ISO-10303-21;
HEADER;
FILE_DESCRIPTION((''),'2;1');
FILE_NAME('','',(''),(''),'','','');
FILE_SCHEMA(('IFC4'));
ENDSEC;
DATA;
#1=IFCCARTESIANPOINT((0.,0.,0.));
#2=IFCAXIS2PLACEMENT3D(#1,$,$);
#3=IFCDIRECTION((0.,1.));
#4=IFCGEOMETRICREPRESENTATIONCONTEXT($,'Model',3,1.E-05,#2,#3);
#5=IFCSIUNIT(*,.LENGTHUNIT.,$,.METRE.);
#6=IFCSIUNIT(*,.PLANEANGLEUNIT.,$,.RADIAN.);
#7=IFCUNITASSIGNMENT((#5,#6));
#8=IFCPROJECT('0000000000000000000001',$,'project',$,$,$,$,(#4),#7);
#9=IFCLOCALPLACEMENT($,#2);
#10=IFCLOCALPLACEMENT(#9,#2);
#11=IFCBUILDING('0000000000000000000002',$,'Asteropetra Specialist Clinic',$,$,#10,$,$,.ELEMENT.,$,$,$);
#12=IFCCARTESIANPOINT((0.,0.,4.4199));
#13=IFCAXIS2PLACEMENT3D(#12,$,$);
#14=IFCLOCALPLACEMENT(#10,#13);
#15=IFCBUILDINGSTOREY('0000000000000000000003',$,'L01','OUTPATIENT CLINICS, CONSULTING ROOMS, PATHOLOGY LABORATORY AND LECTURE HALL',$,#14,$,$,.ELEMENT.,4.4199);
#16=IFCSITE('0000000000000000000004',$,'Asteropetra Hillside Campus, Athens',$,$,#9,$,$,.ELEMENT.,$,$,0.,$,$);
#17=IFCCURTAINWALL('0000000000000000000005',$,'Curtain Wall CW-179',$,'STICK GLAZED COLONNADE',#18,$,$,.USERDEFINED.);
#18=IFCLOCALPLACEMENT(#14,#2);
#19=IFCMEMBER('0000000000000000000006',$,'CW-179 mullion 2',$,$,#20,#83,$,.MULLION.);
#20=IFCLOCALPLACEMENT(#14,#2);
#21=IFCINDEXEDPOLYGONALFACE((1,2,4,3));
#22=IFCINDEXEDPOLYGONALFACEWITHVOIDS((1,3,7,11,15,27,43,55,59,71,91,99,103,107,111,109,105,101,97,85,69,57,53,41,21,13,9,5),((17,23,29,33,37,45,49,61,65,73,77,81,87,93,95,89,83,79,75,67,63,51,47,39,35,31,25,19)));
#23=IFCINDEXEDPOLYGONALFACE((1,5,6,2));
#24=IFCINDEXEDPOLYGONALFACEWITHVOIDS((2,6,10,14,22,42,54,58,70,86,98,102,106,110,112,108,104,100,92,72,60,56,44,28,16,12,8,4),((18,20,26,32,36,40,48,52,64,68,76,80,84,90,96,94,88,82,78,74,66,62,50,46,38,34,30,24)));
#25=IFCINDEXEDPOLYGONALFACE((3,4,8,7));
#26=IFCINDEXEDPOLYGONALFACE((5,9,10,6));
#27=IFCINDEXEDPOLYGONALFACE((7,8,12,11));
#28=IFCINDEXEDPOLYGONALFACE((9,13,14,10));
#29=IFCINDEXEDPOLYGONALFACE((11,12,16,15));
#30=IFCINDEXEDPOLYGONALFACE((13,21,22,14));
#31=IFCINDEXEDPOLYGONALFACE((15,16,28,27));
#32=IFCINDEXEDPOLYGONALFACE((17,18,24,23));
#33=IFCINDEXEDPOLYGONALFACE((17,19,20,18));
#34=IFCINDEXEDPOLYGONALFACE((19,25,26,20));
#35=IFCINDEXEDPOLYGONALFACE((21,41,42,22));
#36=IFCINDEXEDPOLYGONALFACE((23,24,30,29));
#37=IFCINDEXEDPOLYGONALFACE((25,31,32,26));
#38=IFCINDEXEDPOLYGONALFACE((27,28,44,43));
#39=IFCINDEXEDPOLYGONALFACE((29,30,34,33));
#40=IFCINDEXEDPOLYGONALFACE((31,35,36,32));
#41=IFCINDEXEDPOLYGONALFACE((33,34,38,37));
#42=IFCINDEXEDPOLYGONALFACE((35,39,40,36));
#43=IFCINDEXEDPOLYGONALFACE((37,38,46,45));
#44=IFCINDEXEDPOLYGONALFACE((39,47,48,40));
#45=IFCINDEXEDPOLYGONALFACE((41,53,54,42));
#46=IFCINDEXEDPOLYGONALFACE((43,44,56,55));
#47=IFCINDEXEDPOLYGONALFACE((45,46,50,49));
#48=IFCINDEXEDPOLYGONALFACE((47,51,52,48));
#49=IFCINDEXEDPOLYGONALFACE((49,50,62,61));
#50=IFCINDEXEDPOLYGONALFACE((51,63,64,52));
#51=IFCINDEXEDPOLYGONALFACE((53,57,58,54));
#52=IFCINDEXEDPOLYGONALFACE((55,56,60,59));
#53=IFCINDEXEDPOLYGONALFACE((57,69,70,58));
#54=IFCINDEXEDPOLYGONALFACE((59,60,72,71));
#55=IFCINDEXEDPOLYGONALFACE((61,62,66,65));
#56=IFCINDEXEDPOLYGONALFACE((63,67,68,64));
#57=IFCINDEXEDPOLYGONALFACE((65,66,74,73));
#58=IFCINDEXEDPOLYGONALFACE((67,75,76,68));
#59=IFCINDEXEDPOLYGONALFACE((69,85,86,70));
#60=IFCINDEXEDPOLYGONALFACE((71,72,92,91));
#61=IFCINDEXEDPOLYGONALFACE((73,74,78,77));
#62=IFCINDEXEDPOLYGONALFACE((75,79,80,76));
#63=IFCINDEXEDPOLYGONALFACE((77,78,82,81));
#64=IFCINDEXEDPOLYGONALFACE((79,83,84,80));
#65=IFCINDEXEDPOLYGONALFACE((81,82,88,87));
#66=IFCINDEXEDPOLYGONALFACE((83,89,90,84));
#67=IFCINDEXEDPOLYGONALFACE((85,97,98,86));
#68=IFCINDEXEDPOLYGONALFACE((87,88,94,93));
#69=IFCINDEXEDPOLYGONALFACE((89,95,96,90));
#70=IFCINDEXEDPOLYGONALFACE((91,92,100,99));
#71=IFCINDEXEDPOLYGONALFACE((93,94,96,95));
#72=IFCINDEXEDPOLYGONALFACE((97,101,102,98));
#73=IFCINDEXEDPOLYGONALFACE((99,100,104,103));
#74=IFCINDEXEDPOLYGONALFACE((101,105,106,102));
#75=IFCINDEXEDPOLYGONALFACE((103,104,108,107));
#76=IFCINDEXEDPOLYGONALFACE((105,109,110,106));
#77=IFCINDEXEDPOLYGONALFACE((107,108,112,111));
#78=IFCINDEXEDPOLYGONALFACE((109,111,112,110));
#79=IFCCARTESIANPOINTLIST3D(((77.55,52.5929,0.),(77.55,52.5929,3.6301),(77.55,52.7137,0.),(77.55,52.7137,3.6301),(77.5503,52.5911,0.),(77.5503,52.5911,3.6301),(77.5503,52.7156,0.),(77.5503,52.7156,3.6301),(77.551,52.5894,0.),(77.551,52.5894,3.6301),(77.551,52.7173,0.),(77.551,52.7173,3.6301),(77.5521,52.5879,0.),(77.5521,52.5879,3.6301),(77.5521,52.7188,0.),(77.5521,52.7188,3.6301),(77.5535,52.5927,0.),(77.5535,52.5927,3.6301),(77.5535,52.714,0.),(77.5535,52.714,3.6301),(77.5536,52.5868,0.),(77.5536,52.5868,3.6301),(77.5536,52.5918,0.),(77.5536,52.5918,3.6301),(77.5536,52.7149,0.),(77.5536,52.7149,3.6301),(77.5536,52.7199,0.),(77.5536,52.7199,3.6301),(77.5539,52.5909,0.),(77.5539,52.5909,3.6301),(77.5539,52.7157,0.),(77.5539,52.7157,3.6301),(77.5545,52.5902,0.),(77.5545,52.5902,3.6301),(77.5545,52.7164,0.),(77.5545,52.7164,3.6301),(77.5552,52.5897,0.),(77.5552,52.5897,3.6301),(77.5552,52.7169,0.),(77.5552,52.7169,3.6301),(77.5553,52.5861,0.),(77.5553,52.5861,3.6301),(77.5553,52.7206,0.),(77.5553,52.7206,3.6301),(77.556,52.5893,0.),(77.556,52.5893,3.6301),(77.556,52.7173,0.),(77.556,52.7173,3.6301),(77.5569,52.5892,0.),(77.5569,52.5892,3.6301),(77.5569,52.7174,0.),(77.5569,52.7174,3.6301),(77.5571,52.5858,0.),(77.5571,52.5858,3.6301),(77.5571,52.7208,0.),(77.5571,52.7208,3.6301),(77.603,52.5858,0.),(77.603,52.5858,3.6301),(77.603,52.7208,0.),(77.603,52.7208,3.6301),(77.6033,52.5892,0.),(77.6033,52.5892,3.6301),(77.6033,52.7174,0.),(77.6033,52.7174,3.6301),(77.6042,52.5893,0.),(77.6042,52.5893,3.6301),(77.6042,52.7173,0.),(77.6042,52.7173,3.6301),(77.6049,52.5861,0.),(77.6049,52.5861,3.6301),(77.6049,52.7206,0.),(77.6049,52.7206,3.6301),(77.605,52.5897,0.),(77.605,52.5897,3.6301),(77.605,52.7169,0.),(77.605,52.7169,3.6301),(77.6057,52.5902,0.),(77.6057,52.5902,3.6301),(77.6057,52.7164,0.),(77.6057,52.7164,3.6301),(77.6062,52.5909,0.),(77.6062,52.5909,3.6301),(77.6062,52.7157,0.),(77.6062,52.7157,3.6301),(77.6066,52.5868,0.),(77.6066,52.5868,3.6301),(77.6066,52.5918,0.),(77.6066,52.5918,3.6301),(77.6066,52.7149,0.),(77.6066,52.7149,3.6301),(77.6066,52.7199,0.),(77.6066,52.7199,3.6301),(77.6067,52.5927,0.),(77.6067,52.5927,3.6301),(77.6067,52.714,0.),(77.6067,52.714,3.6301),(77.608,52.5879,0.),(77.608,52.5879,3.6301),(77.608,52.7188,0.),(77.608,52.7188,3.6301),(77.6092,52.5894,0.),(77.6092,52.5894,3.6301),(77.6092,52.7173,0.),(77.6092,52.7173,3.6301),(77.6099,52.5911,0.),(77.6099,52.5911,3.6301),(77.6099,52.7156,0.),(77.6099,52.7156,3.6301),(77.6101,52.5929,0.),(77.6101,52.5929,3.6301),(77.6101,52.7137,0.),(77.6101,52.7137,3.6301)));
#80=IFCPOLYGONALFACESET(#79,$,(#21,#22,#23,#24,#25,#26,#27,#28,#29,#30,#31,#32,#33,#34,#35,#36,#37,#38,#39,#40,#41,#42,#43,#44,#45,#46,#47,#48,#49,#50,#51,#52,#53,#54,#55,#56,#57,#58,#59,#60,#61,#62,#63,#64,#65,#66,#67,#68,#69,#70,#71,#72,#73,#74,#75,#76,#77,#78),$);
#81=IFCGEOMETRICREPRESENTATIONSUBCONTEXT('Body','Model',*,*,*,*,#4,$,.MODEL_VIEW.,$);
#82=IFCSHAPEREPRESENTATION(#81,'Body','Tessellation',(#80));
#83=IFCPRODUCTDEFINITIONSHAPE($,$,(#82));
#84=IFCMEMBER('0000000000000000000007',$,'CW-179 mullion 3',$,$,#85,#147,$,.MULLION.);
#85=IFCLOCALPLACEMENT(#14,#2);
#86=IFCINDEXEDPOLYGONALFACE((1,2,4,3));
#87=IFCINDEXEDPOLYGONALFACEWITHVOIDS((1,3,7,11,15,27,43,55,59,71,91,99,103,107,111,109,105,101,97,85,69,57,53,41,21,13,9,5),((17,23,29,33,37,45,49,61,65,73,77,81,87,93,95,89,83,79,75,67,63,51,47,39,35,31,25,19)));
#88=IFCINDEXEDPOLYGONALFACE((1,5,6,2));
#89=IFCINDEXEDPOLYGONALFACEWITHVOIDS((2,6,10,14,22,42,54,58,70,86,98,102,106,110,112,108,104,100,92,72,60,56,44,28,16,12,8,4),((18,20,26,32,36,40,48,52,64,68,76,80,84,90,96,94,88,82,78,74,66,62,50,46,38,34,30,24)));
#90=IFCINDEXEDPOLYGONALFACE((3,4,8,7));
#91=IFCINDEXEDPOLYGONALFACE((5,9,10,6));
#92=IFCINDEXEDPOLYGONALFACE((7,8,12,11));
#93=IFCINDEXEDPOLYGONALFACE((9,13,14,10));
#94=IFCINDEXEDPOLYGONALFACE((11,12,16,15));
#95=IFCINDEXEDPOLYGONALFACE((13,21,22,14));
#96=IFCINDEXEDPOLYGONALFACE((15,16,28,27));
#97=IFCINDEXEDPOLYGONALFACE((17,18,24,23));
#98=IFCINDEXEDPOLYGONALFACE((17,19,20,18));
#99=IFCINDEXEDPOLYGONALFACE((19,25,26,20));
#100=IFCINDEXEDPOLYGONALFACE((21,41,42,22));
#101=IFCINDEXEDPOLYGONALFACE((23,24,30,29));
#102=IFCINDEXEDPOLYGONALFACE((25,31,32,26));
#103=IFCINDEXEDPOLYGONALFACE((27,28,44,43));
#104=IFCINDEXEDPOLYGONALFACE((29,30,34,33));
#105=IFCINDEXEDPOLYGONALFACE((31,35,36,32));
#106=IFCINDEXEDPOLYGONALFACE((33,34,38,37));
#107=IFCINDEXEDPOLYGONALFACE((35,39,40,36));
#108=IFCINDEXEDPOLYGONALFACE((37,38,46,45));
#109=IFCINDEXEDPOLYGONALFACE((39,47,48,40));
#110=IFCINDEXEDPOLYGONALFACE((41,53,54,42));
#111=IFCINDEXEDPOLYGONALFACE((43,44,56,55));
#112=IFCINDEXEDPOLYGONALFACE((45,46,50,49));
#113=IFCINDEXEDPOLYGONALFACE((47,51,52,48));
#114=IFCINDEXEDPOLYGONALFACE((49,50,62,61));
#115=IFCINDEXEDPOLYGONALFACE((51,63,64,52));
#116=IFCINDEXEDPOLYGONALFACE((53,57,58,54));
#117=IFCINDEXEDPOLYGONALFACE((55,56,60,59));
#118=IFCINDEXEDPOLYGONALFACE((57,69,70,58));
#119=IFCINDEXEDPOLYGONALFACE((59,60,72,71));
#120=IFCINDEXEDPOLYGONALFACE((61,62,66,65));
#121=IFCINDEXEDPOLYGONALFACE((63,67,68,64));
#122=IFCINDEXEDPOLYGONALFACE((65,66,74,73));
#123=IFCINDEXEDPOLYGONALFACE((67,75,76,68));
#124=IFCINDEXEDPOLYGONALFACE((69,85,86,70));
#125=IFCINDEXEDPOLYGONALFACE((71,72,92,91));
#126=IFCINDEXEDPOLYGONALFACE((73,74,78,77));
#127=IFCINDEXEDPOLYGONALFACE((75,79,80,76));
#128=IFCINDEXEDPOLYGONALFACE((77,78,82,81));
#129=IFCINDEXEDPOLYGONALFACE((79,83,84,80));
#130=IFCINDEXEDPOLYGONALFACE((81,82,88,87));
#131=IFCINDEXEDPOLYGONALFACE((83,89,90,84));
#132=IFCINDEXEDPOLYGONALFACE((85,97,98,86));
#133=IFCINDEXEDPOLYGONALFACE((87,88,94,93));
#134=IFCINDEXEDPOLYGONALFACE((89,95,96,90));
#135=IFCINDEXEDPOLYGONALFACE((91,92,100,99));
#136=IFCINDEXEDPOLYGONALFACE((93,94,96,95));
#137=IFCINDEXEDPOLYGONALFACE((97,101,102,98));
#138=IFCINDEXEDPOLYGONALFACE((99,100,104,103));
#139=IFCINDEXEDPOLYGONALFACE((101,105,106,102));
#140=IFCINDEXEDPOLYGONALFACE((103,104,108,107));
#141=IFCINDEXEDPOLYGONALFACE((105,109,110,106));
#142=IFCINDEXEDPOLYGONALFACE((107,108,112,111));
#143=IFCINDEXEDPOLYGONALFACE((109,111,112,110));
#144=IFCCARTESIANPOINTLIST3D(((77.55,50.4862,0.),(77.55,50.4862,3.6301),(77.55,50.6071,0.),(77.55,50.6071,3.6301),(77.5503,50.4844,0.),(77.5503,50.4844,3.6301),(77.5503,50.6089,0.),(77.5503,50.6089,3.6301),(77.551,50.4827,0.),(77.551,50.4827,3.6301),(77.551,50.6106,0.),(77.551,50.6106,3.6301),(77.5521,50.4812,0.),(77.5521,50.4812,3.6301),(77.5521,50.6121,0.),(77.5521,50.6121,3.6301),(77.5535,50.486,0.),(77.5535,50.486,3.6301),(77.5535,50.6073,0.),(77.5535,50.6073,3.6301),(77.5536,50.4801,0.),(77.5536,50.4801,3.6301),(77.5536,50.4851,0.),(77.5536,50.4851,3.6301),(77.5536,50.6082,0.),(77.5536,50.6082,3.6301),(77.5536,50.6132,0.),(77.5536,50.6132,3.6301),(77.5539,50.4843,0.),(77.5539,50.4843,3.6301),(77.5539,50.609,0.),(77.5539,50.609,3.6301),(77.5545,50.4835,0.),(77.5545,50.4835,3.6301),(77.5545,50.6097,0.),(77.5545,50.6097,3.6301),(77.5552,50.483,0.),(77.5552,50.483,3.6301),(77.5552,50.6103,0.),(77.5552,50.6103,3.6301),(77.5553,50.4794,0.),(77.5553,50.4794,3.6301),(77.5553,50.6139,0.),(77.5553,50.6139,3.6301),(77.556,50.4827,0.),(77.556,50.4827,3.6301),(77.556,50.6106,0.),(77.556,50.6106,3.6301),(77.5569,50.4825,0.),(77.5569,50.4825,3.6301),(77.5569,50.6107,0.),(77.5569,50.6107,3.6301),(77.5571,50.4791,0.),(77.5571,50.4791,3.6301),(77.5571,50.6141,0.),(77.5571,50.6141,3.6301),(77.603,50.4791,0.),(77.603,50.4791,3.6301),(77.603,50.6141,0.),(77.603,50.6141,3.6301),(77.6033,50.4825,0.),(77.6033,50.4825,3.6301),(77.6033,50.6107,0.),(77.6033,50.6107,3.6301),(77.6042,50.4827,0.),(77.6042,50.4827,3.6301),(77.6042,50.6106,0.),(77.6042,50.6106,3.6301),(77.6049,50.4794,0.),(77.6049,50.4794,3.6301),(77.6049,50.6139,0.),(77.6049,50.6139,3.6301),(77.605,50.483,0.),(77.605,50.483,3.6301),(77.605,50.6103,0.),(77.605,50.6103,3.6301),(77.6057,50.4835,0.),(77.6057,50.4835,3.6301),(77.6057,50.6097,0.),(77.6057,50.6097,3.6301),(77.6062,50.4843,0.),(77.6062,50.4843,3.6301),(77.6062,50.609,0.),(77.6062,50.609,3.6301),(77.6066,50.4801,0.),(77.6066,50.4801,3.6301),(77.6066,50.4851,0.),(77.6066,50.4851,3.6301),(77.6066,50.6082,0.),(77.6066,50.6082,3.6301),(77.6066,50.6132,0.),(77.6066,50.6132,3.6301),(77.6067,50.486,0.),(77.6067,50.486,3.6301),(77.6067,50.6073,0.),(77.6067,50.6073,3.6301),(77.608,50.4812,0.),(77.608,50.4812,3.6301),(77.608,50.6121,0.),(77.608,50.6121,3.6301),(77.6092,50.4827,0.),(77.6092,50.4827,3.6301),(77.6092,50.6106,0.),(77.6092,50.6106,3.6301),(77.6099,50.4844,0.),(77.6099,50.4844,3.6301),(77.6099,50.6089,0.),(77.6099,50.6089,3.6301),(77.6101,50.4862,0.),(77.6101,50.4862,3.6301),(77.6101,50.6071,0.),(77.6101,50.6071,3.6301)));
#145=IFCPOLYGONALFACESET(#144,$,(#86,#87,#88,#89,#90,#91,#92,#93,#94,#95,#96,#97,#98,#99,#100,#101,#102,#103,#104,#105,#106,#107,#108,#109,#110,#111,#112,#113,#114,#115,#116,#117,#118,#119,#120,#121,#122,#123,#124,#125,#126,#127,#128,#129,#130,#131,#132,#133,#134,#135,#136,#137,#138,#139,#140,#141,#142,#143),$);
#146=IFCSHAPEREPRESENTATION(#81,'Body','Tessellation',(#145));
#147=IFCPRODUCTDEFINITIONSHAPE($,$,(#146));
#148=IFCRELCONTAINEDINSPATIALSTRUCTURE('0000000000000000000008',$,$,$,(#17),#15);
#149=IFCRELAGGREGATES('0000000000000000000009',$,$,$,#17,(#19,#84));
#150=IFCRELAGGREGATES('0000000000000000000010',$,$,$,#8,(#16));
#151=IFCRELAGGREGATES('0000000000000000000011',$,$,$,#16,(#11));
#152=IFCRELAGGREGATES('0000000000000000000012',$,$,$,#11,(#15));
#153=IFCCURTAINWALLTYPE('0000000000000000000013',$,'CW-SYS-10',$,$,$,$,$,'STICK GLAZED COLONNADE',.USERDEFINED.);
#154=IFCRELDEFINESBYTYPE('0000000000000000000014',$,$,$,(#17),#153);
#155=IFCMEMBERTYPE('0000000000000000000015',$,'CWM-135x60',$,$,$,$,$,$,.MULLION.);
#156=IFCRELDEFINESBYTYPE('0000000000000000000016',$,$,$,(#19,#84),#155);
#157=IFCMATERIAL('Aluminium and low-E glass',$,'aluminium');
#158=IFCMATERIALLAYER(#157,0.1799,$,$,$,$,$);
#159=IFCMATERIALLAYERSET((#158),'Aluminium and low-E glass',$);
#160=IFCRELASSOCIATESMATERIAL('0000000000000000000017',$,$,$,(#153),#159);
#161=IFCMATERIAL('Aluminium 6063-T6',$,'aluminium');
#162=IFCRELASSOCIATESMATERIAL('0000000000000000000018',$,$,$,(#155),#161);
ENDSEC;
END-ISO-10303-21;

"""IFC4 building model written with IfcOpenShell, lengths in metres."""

from ifc_helpers import new_model, si_unit, direction, frame, origin, origin_2d, place, context, subcontext, project, spatial, hollow_rectangle, extrude, material, layer, layer_set, material_profile, profile_set, type_object, element, aggregate, save


model = new_model("IFC4")

# Units and contexts
model_context = context("Model", 3, precision=1e-05, world=origin(), true_north=direction((0.0, 1.0)))
body_context = subcontext(model_context, "Body", "Model", "MODEL_VIEW")
ifc_project = project(units=[si_unit("LENGTHUNIT", "METRE"), si_unit("PLANEANGLEUNIT", "RADIAN")], contexts=[model_context])

# Site, building, storey
site_placement = place(None, origin())
site = spatial("IfcSite", under=ifc_project, at=site_placement, Name="Asteropetra Hillside Campus, Athens", CompositionType="ELEMENT", RefElevation=0.0)
building_placement = place(site_placement, origin())
building = spatial("IfcBuilding", under=site, at=building_placement, Name="Asteropetra Specialist Clinic", CompositionType="ELEMENT")
storey_placement = place(building_placement, frame((0.0, 0.0, 4.4199)))
storey = spatial("IfcBuildingStorey", under=building, at=storey_placement, Name="L01", Description="OUTPATIENT CLINICS, CONSULTING ROOMS, PATHOLOGY LABORATORY AND LECTURE HALL", CompositionType="ELEMENT", Elevation=4.4199)

# Curtain wall, members
ifc_material_1 = material(Name="Aluminium and low-E glass", Category="aluminium")
ifc_layer_1 = layer(ifc_material_1, 0.1799)
ifc_layer_set_1 = layer_set([ifc_layer_1], Name="Aluminium and low-E glass")
curtain_wall_type = type_object("IfcCurtainWallType", Name="CW-SYS-10", ElementType="STICK GLAZED COLONNADE", PredefinedType="USERDEFINED", material=ifc_layer_set_1)
curtain_wall_placement = place(storey_placement, origin())
curtain_wall = element("IfcCurtainWall", 1, at=curtain_wall_placement, inside=storey, type_object=curtain_wall_type, Name="Curtain Wall CW-179", ObjectType="STICK GLAZED COLONNADE", PredefinedType="USERDEFINED")
ifc_material_2 = material(Name="Aluminium 6063-T6", Category="aluminium")
ifc_material_profile_1 = material_profile(ifc_material_2, hollow_rectangle(XDim=0.0601, YDim=0.135, WallThickness=0.0034, InnerFilletRadius=0.0034, OuterFilletRadius=0.0071, at=origin_2d()), Name="MUL 135x60x3.5")
ifc_profile_set_1 = profile_set([ifc_material_profile_1], Name="Aluminium 6063-T6")
member_type_1 = type_object("IfcMemberType", Name="CWM-135x60", PredefinedType="MULLION", material=ifc_profile_set_1)
member_1_placement = place(storey_placement, frame((77.5801, 52.6533, 0.0), z_axis=(0.0, 0.0, 1.0), x_axis=(1.0, 0.0, 0.0)))
member_1 = element("IfcMember", 2, at=member_1_placement, type_object=member_type_1, Name="CW-179 mullion 2", PredefinedType="MULLION", context=body_context, shape_type="SweptSolid", body=[
    extrude(hollow_rectangle(XDim=0.0601, YDim=0.135, WallThickness=0.0034, InnerFilletRadius=0.0034, OuterFilletRadius=0.0071, at=origin_2d()), origin(), (0.0, 0.0, 1.0), 3.6301),
])
member_2_placement = place(storey_placement, frame((77.5801, 50.5466, 0.0), z_axis=(0.0, 0.0, 1.0), x_axis=(1.0, 0.0, 0.0)))
member_2 = element("IfcMember", 3, at=member_2_placement, type_object=member_type_1, Name="CW-179 mullion 3", PredefinedType="MULLION", context=body_context, shape_type="SweptSolid", body=[
    extrude(hollow_rectangle(XDim=0.0601, YDim=0.135, WallThickness=0.0034, InnerFilletRadius=0.0034, OuterFilletRadius=0.0071, at=origin_2d()), origin(), (0.0, 0.0, 1.0), 3.6301),
])

aggregate(curtain_wall, [member_1, member_2])

save(model, "model.ifc")
